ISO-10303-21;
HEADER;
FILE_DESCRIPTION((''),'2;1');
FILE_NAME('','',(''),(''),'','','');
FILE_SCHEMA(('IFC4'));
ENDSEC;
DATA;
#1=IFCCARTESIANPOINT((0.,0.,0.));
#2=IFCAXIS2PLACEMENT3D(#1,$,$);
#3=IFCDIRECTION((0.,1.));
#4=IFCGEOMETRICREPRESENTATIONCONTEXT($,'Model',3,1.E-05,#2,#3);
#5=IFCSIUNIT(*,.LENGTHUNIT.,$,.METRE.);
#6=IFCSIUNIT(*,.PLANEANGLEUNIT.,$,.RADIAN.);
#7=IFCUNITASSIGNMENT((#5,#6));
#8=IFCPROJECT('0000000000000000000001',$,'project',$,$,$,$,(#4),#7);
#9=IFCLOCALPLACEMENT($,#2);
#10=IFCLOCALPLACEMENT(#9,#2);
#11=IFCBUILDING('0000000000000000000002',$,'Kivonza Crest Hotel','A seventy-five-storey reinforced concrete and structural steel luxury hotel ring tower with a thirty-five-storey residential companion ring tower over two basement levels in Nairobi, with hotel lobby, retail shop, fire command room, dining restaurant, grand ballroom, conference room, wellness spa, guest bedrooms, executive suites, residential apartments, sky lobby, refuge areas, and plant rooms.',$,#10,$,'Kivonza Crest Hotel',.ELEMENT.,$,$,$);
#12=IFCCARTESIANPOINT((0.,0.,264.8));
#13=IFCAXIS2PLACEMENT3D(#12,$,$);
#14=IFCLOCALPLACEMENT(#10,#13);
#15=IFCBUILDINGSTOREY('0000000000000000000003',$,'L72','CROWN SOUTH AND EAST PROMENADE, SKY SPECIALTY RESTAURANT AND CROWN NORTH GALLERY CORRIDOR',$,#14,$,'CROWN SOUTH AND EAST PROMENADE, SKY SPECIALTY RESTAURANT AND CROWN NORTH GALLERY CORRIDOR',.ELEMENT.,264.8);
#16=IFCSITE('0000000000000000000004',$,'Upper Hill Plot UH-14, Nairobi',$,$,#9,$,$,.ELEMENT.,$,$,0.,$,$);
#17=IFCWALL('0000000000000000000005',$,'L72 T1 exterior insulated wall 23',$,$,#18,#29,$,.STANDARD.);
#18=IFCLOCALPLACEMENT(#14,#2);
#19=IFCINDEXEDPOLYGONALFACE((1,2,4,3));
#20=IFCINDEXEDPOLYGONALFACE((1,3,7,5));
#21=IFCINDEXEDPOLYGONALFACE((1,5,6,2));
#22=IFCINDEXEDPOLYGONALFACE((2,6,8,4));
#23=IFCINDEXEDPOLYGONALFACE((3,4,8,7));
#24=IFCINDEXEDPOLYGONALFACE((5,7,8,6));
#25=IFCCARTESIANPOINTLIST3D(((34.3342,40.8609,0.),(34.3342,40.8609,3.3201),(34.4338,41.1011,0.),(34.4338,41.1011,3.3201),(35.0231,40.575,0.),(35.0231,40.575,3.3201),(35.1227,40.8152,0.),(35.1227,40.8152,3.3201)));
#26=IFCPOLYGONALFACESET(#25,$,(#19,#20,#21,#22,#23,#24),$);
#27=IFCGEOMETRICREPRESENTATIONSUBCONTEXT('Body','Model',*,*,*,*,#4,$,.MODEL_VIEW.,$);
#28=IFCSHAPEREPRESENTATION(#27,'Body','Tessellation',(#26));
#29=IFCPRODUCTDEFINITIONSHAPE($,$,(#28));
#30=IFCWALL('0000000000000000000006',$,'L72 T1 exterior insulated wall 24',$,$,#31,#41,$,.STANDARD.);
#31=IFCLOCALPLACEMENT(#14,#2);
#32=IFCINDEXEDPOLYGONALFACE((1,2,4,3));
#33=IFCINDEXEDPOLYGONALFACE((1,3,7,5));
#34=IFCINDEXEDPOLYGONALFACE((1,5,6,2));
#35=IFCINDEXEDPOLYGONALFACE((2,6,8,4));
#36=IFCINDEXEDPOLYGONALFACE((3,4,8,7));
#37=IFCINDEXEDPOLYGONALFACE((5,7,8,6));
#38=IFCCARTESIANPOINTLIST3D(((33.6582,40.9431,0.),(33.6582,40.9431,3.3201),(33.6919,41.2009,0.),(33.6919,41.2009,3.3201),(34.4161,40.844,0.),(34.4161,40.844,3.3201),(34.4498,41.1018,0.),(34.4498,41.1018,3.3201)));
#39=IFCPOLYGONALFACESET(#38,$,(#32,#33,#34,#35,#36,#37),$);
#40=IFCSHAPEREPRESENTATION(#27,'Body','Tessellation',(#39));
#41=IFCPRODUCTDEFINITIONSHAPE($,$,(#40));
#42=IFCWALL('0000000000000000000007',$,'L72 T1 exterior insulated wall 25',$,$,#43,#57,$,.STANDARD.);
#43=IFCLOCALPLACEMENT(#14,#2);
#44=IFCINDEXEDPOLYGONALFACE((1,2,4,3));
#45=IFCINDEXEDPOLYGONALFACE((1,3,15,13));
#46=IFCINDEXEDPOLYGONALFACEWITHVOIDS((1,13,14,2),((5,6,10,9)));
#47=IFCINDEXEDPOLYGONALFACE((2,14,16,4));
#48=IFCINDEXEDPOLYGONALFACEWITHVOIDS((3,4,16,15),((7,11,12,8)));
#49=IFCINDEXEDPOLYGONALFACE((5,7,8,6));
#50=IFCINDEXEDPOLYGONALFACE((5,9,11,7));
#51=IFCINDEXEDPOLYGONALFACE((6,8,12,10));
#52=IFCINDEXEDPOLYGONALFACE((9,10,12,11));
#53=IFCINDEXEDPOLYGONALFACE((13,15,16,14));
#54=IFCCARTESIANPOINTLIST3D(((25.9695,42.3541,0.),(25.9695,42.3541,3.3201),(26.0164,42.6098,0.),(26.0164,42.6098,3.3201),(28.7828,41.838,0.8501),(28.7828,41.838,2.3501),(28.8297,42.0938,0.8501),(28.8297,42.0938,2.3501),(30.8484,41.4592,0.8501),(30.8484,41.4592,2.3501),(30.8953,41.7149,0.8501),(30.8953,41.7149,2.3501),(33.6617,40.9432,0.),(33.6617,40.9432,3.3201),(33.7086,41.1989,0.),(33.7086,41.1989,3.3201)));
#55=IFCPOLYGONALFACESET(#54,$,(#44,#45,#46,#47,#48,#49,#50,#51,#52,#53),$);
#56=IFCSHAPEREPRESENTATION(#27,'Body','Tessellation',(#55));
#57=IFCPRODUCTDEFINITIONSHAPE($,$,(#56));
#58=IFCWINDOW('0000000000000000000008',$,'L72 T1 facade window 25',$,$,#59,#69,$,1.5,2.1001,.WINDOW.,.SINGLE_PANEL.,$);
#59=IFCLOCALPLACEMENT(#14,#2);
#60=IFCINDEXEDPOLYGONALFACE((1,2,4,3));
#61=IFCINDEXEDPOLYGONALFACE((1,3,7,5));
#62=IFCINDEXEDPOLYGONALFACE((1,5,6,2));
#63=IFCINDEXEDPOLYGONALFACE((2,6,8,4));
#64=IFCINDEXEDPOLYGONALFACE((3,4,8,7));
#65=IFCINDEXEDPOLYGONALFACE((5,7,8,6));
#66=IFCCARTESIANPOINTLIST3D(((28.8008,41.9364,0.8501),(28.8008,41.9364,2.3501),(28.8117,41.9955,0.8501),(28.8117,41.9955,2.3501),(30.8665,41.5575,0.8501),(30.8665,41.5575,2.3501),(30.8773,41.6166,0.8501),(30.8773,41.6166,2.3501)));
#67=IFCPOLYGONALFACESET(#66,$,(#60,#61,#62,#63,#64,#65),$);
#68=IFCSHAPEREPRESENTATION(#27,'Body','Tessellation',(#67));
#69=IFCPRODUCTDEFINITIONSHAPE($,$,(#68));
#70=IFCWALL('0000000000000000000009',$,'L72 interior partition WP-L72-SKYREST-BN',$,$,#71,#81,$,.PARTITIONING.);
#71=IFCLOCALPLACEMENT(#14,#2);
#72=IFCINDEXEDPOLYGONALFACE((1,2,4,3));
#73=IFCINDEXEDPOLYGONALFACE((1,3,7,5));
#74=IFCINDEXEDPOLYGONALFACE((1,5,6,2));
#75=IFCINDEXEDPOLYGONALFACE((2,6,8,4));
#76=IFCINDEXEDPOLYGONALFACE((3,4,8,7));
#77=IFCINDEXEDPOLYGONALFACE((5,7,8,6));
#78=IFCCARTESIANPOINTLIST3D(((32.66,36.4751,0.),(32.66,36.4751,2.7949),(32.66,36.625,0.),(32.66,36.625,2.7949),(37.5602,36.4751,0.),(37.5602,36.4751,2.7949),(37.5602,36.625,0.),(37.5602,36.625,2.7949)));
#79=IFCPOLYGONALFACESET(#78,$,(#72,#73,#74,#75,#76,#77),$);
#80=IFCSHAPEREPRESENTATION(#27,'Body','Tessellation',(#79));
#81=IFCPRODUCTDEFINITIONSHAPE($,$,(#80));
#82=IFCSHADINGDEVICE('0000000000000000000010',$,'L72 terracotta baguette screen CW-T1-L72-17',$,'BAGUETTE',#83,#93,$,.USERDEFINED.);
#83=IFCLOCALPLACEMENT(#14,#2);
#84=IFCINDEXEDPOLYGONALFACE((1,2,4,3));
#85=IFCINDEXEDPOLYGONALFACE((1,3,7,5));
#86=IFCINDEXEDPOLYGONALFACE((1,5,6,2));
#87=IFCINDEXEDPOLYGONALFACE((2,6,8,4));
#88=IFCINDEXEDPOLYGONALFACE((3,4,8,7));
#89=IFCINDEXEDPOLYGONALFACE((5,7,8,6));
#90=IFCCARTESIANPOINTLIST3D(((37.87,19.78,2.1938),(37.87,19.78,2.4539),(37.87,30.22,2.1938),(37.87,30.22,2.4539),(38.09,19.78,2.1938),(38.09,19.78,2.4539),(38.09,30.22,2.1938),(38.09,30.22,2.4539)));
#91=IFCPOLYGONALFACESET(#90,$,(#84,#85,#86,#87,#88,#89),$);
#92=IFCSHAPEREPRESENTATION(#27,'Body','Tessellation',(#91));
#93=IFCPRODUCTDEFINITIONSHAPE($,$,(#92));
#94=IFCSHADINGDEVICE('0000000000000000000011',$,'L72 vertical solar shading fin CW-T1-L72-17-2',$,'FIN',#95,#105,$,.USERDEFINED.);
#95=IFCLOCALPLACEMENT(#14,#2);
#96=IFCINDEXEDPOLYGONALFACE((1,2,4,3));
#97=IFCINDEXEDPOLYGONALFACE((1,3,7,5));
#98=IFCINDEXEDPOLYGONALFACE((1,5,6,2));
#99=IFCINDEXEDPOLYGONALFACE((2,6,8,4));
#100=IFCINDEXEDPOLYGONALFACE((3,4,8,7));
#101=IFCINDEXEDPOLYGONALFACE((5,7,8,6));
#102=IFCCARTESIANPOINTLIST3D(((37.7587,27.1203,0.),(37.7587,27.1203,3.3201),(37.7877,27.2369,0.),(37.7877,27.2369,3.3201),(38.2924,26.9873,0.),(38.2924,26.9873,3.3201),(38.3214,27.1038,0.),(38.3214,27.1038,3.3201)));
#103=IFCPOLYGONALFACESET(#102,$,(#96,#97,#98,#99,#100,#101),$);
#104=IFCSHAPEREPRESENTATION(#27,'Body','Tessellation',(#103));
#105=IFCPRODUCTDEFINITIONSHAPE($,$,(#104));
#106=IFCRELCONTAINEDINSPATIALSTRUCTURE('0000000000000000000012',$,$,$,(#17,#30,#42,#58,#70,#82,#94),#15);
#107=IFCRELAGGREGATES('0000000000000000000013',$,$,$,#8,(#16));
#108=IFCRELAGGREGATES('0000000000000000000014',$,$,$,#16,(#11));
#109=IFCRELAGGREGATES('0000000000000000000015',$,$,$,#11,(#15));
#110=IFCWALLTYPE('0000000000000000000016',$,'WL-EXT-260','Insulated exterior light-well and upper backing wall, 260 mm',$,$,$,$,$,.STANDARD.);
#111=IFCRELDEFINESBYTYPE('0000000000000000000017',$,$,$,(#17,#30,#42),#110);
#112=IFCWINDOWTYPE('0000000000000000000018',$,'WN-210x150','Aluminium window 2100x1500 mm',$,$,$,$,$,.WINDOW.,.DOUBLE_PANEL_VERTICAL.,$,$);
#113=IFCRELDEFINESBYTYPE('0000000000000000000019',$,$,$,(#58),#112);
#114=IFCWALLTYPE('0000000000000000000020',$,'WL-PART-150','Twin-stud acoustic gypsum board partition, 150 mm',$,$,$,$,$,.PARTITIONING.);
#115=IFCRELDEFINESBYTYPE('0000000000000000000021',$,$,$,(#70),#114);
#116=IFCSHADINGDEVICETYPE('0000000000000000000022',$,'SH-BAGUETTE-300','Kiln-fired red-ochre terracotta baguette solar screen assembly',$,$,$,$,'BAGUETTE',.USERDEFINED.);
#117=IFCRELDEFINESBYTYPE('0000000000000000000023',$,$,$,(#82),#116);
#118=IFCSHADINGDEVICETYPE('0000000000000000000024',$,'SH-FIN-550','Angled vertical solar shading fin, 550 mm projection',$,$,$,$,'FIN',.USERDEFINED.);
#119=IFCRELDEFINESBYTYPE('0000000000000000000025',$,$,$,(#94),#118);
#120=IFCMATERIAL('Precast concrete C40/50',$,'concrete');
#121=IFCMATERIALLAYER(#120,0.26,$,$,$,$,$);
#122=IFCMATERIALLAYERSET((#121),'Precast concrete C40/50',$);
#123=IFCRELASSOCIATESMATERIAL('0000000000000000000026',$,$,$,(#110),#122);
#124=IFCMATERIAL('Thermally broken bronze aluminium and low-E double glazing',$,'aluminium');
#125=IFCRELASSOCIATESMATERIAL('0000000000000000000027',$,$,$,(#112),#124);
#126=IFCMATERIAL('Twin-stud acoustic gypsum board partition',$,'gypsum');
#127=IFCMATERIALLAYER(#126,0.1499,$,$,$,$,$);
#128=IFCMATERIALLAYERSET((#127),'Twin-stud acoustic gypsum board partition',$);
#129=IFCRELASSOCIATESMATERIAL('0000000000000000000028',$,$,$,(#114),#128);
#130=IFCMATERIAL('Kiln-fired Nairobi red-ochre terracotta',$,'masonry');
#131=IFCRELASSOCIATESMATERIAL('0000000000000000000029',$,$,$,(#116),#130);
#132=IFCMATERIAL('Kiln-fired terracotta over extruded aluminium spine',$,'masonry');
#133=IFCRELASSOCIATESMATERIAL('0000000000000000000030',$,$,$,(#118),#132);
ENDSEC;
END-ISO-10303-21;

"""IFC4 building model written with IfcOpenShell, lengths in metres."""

from ifc_helpers import new_model, si_unit, direction, frame, frame_2d, origin, origin_2d, place, context, subcontext, project, spatial, rectangle, extrude, material, layer, layer_set, type_object, element, fill, save


model = new_model("IFC4")

# Units and contexts
model_context = context("Model", 3, precision=1e-05, world=origin(), true_north=direction((0.0, 1.0)))
body_context = subcontext(model_context, "Body", "Model", "MODEL_VIEW")
ifc_project = project(units=[si_unit("LENGTHUNIT", "METRE"), si_unit("PLANEANGLEUNIT", "RADIAN")], contexts=[model_context])

# Site, building, storey
site_placement = place(None, origin())
site = spatial("IfcSite", under=ifc_project, at=site_placement, Name="Upper Hill Plot UH-14, Nairobi", CompositionType="ELEMENT", RefElevation=0.0)
building_placement = place(site_placement, origin())
building = spatial("IfcBuilding", under=site, at=building_placement, Name="Kivonza Crest Hotel", Description="A seventy-five-storey reinforced concrete and structural steel luxury hotel ring tower with a thirty-five-storey residential companion ring tower over two basement levels in Nairobi, with hotel lobby, retail shop, fire command room, dining restaurant, grand ballroom, conference room, wellness spa, guest bedrooms, executive suites, residential apartments, sky lobby, refuge areas, and plant rooms.", LongName="Kivonza Crest Hotel", CompositionType="ELEMENT")
storey_placement = place(building_placement, frame((0.0, 0.0, 264.8)))
storey = spatial("IfcBuildingStorey", under=building, at=storey_placement, Name="L72", Description="CROWN SOUTH AND EAST PROMENADE, SKY SPECIALTY RESTAURANT AND CROWN NORTH GALLERY CORRIDOR", LongName="CROWN SOUTH AND EAST PROMENADE, SKY SPECIALTY RESTAURANT AND CROWN NORTH GALLERY CORRIDOR", CompositionType="ELEMENT", Elevation=264.8)

# Shared definitions
ifc_material_1 = material(Name="Precast concrete C40/50", Category="concrete")
ifc_layer_1 = layer(ifc_material_1, 0.26)
ifc_layer_set_1 = layer_set([ifc_layer_1], Name="Precast concrete C40/50")
wall_type_1 = type_object("IfcWallType", Name="WL-EXT-260", Description="Insulated exterior light-well and upper backing wall, 260 mm", PredefinedType="STANDARD", material=ifc_layer_set_1)
ifc_material_2 = material(Name="Thermally broken bronze aluminium and low-E double glazing", Category="aluminium")
window_type_1 = type_object("IfcWindowType", Name="WN-210x150", Description="Aluminium window 2100x1500 mm", PartitioningType="DOUBLE_PANEL_VERTICAL", PredefinedType="WINDOW", material=ifc_material_2)

# Walls
wall_1_placement = place(storey_placement, frame((35.073, 40.6951, 0.0), z_axis=(0.0, 0.0, 1.0), x_axis=(-0.923638, 0.383267, 0.0)))
element("IfcWall", 1, at=wall_1_placement, inside=storey, type_object=wall_type_1, Name="L72 T1 exterior insulated wall 23", PredefinedType="STANDARD", context=body_context, shape_type="SweptSolid", body=[
    extrude(rectangle(XDim=0.7458, YDim=0.26, at=frame_2d((0.373, 0.0))), origin(), (0.0, 0.0, 1.0), 3.3201),
])
wall_2_placement = place(storey_placement, frame((34.4331, 40.9729, 0.0), z_axis=(0.0, 0.0, 1.0), x_axis=(-0.991559, 0.129653, 0.0)))
element("IfcWall", 2, at=wall_2_placement, inside=storey, type_object=wall_type_1, Name="L72 T1 exterior insulated wall 24", PredefinedType="STANDARD", context=body_context, shape_type="SweptSolid", body=[
    extrude(rectangle(XDim=0.7644, YDim=0.26, at=frame_2d((0.3823, 0.0))), origin(), (0.0, 0.0, 1.0), 3.3201),
])

# Wall, opening, window
wall_3_placement = place(storey_placement, frame((33.6851, 41.071, 0.0), z_axis=(0.0, 0.0, 1.0), x_axis=(-0.983592, 0.18041, 0.0)))
wall_3 = element("IfcWall", 3, at=wall_3_placement, inside=storey, type_object=wall_type_1, Name="L72 T1 exterior insulated wall 25", PredefinedType="STANDARD", context=body_context, shape_type="SweptSolid", body=[
    extrude(rectangle(XDim=7.8206, YDim=0.26, at=frame_2d((3.9102, 0.0))), origin(), (0.0, 0.0, 1.0), 3.3201),
])
opening_1_placement = place(wall_3_placement, frame((2.8601, 0.0, 0.8501)))
opening_1 = element("IfcOpeningElement", 4, at=opening_1_placement, cuts=wall_3, PredefinedType="OPENING", context=body_context, shape_type="SweptSolid", body=[
    extrude(rectangle(XDim=2.1001, YDim=1.5, at=frame_2d((1.05, 0.75))), frame((0.0, 0.1401, 0.0), z_axis=(0.0, -1.0, 0.0), x_axis=(1.0, 0.0, 0.0)), (0.0, 0.0, 1.0), 0.28),
])
window_1_placement = place(opening_1_placement, origin())
window_1 = element("IfcWindow", 5, at=window_1_placement, inside=storey, type_object=window_type_1, Name="L72 T1 facade window 25", OverallHeight=1.5, OverallWidth=2.1001, PartitioningType="SINGLE_PANEL", PredefinedType="WINDOW", context=body_context, shape_type="SweptSolid", body=[
    extrude(rectangle(XDim=2.1001, YDim=1.5, at=frame_2d((1.05, 0.75))), frame((0.0, 0.03, 0.0), z_axis=(0.0, -1.0, 0.0), x_axis=(1.0, 0.0, 0.0)), (0.0, 0.0, 1.0), 0.0601),
])
fill(opening_1, window_1)

# Wall
ifc_material_3 = material(Name="Twin-stud acoustic gypsum board partition", Category="gypsum")
ifc_layer_2 = layer(ifc_material_3, 0.1499)
ifc_layer_set_2 = layer_set([ifc_layer_2], Name="Twin-stud acoustic gypsum board partition")
wall_type_2 = type_object("IfcWallType", Name="WL-PART-150", Description="Twin-stud acoustic gypsum board partition, 150 mm", PredefinedType="PARTITIONING", material=ifc_layer_set_2)
wall_4_placement = place(storey_placement, frame((32.6599, 36.55, 0.0), z_axis=(0.0, 0.0, 1.0), x_axis=(1.0, 0.0, 0.0)))
element("IfcWall", 6, at=wall_4_placement, inside=storey, type_object=wall_type_2, Name="L72 interior partition WP-L72-SKYREST-BN", PredefinedType="PARTITIONING", context=body_context, shape_type="SweptSolid", body=[
    extrude(rectangle(XDim=4.9001, YDim=0.1499, at=frame_2d((2.4502, 0.0))), origin(), (0.0, 0.0, 1.0), 2.7949),
])

# Shading devices
ifc_material_4 = material(Name="Kiln-fired Nairobi red-ochre terracotta", Category="masonry")
shading_device_type_1 = type_object("IfcShadingDeviceType", Name="SH-BAGUETTE-300", Description="Kiln-fired red-ochre terracotta baguette solar screen assembly", ElementType="BAGUETTE", PredefinedType="USERDEFINED", material=ifc_material_4)
shading_device_1_placement = place(storey_placement, frame((37.98, 25.0, 2.1938), z_axis=(0.0, 0.0, 1.0), x_axis=(0.0, 1.0, 0.0)))
element("IfcShadingDevice", 7, at=shading_device_1_placement, inside=storey, type_object=shading_device_type_1, Name="L72 terracotta baguette screen CW-T1-L72-17", ObjectType="BAGUETTE", PredefinedType="USERDEFINED", context=body_context, shape_type="SweptSolid", body=[
    extrude(rectangle(XDim=10.4399, YDim=0.22, at=origin_2d()), origin(), (0.0, 0.0, 1.0), 0.26),
])
ifc_material_5 = material(Name="Kiln-fired terracotta over extruded aluminium spine", Category="masonry")
shading_device_type_2 = type_object("IfcShadingDeviceType", Name="SH-FIN-550", Description="Angled vertical solar shading fin, 550 mm projection", ElementType="FIN", PredefinedType="USERDEFINED", material=ifc_material_5)
shading_device_2_placement = place(storey_placement, frame((38.04, 27.1121, 0.0), z_axis=(0.0, 0.0, 1.0), x_axis=(0.241922, 0.970296, 0.0)))
element("IfcShadingDevice", 8, at=shading_device_2_placement, inside=storey, type_object=shading_device_type_2, Name="L72 vertical solar shading fin CW-T1-L72-17-2", ObjectType="FIN", PredefinedType="USERDEFINED", context=body_context, shape_type="SweptSolid", body=[
    extrude(rectangle(XDim=0.1201, YDim=0.55, at=origin_2d()), origin(), (0.0, 0.0, 1.0), 3.3201),
])

save(model, "model.ifc")
